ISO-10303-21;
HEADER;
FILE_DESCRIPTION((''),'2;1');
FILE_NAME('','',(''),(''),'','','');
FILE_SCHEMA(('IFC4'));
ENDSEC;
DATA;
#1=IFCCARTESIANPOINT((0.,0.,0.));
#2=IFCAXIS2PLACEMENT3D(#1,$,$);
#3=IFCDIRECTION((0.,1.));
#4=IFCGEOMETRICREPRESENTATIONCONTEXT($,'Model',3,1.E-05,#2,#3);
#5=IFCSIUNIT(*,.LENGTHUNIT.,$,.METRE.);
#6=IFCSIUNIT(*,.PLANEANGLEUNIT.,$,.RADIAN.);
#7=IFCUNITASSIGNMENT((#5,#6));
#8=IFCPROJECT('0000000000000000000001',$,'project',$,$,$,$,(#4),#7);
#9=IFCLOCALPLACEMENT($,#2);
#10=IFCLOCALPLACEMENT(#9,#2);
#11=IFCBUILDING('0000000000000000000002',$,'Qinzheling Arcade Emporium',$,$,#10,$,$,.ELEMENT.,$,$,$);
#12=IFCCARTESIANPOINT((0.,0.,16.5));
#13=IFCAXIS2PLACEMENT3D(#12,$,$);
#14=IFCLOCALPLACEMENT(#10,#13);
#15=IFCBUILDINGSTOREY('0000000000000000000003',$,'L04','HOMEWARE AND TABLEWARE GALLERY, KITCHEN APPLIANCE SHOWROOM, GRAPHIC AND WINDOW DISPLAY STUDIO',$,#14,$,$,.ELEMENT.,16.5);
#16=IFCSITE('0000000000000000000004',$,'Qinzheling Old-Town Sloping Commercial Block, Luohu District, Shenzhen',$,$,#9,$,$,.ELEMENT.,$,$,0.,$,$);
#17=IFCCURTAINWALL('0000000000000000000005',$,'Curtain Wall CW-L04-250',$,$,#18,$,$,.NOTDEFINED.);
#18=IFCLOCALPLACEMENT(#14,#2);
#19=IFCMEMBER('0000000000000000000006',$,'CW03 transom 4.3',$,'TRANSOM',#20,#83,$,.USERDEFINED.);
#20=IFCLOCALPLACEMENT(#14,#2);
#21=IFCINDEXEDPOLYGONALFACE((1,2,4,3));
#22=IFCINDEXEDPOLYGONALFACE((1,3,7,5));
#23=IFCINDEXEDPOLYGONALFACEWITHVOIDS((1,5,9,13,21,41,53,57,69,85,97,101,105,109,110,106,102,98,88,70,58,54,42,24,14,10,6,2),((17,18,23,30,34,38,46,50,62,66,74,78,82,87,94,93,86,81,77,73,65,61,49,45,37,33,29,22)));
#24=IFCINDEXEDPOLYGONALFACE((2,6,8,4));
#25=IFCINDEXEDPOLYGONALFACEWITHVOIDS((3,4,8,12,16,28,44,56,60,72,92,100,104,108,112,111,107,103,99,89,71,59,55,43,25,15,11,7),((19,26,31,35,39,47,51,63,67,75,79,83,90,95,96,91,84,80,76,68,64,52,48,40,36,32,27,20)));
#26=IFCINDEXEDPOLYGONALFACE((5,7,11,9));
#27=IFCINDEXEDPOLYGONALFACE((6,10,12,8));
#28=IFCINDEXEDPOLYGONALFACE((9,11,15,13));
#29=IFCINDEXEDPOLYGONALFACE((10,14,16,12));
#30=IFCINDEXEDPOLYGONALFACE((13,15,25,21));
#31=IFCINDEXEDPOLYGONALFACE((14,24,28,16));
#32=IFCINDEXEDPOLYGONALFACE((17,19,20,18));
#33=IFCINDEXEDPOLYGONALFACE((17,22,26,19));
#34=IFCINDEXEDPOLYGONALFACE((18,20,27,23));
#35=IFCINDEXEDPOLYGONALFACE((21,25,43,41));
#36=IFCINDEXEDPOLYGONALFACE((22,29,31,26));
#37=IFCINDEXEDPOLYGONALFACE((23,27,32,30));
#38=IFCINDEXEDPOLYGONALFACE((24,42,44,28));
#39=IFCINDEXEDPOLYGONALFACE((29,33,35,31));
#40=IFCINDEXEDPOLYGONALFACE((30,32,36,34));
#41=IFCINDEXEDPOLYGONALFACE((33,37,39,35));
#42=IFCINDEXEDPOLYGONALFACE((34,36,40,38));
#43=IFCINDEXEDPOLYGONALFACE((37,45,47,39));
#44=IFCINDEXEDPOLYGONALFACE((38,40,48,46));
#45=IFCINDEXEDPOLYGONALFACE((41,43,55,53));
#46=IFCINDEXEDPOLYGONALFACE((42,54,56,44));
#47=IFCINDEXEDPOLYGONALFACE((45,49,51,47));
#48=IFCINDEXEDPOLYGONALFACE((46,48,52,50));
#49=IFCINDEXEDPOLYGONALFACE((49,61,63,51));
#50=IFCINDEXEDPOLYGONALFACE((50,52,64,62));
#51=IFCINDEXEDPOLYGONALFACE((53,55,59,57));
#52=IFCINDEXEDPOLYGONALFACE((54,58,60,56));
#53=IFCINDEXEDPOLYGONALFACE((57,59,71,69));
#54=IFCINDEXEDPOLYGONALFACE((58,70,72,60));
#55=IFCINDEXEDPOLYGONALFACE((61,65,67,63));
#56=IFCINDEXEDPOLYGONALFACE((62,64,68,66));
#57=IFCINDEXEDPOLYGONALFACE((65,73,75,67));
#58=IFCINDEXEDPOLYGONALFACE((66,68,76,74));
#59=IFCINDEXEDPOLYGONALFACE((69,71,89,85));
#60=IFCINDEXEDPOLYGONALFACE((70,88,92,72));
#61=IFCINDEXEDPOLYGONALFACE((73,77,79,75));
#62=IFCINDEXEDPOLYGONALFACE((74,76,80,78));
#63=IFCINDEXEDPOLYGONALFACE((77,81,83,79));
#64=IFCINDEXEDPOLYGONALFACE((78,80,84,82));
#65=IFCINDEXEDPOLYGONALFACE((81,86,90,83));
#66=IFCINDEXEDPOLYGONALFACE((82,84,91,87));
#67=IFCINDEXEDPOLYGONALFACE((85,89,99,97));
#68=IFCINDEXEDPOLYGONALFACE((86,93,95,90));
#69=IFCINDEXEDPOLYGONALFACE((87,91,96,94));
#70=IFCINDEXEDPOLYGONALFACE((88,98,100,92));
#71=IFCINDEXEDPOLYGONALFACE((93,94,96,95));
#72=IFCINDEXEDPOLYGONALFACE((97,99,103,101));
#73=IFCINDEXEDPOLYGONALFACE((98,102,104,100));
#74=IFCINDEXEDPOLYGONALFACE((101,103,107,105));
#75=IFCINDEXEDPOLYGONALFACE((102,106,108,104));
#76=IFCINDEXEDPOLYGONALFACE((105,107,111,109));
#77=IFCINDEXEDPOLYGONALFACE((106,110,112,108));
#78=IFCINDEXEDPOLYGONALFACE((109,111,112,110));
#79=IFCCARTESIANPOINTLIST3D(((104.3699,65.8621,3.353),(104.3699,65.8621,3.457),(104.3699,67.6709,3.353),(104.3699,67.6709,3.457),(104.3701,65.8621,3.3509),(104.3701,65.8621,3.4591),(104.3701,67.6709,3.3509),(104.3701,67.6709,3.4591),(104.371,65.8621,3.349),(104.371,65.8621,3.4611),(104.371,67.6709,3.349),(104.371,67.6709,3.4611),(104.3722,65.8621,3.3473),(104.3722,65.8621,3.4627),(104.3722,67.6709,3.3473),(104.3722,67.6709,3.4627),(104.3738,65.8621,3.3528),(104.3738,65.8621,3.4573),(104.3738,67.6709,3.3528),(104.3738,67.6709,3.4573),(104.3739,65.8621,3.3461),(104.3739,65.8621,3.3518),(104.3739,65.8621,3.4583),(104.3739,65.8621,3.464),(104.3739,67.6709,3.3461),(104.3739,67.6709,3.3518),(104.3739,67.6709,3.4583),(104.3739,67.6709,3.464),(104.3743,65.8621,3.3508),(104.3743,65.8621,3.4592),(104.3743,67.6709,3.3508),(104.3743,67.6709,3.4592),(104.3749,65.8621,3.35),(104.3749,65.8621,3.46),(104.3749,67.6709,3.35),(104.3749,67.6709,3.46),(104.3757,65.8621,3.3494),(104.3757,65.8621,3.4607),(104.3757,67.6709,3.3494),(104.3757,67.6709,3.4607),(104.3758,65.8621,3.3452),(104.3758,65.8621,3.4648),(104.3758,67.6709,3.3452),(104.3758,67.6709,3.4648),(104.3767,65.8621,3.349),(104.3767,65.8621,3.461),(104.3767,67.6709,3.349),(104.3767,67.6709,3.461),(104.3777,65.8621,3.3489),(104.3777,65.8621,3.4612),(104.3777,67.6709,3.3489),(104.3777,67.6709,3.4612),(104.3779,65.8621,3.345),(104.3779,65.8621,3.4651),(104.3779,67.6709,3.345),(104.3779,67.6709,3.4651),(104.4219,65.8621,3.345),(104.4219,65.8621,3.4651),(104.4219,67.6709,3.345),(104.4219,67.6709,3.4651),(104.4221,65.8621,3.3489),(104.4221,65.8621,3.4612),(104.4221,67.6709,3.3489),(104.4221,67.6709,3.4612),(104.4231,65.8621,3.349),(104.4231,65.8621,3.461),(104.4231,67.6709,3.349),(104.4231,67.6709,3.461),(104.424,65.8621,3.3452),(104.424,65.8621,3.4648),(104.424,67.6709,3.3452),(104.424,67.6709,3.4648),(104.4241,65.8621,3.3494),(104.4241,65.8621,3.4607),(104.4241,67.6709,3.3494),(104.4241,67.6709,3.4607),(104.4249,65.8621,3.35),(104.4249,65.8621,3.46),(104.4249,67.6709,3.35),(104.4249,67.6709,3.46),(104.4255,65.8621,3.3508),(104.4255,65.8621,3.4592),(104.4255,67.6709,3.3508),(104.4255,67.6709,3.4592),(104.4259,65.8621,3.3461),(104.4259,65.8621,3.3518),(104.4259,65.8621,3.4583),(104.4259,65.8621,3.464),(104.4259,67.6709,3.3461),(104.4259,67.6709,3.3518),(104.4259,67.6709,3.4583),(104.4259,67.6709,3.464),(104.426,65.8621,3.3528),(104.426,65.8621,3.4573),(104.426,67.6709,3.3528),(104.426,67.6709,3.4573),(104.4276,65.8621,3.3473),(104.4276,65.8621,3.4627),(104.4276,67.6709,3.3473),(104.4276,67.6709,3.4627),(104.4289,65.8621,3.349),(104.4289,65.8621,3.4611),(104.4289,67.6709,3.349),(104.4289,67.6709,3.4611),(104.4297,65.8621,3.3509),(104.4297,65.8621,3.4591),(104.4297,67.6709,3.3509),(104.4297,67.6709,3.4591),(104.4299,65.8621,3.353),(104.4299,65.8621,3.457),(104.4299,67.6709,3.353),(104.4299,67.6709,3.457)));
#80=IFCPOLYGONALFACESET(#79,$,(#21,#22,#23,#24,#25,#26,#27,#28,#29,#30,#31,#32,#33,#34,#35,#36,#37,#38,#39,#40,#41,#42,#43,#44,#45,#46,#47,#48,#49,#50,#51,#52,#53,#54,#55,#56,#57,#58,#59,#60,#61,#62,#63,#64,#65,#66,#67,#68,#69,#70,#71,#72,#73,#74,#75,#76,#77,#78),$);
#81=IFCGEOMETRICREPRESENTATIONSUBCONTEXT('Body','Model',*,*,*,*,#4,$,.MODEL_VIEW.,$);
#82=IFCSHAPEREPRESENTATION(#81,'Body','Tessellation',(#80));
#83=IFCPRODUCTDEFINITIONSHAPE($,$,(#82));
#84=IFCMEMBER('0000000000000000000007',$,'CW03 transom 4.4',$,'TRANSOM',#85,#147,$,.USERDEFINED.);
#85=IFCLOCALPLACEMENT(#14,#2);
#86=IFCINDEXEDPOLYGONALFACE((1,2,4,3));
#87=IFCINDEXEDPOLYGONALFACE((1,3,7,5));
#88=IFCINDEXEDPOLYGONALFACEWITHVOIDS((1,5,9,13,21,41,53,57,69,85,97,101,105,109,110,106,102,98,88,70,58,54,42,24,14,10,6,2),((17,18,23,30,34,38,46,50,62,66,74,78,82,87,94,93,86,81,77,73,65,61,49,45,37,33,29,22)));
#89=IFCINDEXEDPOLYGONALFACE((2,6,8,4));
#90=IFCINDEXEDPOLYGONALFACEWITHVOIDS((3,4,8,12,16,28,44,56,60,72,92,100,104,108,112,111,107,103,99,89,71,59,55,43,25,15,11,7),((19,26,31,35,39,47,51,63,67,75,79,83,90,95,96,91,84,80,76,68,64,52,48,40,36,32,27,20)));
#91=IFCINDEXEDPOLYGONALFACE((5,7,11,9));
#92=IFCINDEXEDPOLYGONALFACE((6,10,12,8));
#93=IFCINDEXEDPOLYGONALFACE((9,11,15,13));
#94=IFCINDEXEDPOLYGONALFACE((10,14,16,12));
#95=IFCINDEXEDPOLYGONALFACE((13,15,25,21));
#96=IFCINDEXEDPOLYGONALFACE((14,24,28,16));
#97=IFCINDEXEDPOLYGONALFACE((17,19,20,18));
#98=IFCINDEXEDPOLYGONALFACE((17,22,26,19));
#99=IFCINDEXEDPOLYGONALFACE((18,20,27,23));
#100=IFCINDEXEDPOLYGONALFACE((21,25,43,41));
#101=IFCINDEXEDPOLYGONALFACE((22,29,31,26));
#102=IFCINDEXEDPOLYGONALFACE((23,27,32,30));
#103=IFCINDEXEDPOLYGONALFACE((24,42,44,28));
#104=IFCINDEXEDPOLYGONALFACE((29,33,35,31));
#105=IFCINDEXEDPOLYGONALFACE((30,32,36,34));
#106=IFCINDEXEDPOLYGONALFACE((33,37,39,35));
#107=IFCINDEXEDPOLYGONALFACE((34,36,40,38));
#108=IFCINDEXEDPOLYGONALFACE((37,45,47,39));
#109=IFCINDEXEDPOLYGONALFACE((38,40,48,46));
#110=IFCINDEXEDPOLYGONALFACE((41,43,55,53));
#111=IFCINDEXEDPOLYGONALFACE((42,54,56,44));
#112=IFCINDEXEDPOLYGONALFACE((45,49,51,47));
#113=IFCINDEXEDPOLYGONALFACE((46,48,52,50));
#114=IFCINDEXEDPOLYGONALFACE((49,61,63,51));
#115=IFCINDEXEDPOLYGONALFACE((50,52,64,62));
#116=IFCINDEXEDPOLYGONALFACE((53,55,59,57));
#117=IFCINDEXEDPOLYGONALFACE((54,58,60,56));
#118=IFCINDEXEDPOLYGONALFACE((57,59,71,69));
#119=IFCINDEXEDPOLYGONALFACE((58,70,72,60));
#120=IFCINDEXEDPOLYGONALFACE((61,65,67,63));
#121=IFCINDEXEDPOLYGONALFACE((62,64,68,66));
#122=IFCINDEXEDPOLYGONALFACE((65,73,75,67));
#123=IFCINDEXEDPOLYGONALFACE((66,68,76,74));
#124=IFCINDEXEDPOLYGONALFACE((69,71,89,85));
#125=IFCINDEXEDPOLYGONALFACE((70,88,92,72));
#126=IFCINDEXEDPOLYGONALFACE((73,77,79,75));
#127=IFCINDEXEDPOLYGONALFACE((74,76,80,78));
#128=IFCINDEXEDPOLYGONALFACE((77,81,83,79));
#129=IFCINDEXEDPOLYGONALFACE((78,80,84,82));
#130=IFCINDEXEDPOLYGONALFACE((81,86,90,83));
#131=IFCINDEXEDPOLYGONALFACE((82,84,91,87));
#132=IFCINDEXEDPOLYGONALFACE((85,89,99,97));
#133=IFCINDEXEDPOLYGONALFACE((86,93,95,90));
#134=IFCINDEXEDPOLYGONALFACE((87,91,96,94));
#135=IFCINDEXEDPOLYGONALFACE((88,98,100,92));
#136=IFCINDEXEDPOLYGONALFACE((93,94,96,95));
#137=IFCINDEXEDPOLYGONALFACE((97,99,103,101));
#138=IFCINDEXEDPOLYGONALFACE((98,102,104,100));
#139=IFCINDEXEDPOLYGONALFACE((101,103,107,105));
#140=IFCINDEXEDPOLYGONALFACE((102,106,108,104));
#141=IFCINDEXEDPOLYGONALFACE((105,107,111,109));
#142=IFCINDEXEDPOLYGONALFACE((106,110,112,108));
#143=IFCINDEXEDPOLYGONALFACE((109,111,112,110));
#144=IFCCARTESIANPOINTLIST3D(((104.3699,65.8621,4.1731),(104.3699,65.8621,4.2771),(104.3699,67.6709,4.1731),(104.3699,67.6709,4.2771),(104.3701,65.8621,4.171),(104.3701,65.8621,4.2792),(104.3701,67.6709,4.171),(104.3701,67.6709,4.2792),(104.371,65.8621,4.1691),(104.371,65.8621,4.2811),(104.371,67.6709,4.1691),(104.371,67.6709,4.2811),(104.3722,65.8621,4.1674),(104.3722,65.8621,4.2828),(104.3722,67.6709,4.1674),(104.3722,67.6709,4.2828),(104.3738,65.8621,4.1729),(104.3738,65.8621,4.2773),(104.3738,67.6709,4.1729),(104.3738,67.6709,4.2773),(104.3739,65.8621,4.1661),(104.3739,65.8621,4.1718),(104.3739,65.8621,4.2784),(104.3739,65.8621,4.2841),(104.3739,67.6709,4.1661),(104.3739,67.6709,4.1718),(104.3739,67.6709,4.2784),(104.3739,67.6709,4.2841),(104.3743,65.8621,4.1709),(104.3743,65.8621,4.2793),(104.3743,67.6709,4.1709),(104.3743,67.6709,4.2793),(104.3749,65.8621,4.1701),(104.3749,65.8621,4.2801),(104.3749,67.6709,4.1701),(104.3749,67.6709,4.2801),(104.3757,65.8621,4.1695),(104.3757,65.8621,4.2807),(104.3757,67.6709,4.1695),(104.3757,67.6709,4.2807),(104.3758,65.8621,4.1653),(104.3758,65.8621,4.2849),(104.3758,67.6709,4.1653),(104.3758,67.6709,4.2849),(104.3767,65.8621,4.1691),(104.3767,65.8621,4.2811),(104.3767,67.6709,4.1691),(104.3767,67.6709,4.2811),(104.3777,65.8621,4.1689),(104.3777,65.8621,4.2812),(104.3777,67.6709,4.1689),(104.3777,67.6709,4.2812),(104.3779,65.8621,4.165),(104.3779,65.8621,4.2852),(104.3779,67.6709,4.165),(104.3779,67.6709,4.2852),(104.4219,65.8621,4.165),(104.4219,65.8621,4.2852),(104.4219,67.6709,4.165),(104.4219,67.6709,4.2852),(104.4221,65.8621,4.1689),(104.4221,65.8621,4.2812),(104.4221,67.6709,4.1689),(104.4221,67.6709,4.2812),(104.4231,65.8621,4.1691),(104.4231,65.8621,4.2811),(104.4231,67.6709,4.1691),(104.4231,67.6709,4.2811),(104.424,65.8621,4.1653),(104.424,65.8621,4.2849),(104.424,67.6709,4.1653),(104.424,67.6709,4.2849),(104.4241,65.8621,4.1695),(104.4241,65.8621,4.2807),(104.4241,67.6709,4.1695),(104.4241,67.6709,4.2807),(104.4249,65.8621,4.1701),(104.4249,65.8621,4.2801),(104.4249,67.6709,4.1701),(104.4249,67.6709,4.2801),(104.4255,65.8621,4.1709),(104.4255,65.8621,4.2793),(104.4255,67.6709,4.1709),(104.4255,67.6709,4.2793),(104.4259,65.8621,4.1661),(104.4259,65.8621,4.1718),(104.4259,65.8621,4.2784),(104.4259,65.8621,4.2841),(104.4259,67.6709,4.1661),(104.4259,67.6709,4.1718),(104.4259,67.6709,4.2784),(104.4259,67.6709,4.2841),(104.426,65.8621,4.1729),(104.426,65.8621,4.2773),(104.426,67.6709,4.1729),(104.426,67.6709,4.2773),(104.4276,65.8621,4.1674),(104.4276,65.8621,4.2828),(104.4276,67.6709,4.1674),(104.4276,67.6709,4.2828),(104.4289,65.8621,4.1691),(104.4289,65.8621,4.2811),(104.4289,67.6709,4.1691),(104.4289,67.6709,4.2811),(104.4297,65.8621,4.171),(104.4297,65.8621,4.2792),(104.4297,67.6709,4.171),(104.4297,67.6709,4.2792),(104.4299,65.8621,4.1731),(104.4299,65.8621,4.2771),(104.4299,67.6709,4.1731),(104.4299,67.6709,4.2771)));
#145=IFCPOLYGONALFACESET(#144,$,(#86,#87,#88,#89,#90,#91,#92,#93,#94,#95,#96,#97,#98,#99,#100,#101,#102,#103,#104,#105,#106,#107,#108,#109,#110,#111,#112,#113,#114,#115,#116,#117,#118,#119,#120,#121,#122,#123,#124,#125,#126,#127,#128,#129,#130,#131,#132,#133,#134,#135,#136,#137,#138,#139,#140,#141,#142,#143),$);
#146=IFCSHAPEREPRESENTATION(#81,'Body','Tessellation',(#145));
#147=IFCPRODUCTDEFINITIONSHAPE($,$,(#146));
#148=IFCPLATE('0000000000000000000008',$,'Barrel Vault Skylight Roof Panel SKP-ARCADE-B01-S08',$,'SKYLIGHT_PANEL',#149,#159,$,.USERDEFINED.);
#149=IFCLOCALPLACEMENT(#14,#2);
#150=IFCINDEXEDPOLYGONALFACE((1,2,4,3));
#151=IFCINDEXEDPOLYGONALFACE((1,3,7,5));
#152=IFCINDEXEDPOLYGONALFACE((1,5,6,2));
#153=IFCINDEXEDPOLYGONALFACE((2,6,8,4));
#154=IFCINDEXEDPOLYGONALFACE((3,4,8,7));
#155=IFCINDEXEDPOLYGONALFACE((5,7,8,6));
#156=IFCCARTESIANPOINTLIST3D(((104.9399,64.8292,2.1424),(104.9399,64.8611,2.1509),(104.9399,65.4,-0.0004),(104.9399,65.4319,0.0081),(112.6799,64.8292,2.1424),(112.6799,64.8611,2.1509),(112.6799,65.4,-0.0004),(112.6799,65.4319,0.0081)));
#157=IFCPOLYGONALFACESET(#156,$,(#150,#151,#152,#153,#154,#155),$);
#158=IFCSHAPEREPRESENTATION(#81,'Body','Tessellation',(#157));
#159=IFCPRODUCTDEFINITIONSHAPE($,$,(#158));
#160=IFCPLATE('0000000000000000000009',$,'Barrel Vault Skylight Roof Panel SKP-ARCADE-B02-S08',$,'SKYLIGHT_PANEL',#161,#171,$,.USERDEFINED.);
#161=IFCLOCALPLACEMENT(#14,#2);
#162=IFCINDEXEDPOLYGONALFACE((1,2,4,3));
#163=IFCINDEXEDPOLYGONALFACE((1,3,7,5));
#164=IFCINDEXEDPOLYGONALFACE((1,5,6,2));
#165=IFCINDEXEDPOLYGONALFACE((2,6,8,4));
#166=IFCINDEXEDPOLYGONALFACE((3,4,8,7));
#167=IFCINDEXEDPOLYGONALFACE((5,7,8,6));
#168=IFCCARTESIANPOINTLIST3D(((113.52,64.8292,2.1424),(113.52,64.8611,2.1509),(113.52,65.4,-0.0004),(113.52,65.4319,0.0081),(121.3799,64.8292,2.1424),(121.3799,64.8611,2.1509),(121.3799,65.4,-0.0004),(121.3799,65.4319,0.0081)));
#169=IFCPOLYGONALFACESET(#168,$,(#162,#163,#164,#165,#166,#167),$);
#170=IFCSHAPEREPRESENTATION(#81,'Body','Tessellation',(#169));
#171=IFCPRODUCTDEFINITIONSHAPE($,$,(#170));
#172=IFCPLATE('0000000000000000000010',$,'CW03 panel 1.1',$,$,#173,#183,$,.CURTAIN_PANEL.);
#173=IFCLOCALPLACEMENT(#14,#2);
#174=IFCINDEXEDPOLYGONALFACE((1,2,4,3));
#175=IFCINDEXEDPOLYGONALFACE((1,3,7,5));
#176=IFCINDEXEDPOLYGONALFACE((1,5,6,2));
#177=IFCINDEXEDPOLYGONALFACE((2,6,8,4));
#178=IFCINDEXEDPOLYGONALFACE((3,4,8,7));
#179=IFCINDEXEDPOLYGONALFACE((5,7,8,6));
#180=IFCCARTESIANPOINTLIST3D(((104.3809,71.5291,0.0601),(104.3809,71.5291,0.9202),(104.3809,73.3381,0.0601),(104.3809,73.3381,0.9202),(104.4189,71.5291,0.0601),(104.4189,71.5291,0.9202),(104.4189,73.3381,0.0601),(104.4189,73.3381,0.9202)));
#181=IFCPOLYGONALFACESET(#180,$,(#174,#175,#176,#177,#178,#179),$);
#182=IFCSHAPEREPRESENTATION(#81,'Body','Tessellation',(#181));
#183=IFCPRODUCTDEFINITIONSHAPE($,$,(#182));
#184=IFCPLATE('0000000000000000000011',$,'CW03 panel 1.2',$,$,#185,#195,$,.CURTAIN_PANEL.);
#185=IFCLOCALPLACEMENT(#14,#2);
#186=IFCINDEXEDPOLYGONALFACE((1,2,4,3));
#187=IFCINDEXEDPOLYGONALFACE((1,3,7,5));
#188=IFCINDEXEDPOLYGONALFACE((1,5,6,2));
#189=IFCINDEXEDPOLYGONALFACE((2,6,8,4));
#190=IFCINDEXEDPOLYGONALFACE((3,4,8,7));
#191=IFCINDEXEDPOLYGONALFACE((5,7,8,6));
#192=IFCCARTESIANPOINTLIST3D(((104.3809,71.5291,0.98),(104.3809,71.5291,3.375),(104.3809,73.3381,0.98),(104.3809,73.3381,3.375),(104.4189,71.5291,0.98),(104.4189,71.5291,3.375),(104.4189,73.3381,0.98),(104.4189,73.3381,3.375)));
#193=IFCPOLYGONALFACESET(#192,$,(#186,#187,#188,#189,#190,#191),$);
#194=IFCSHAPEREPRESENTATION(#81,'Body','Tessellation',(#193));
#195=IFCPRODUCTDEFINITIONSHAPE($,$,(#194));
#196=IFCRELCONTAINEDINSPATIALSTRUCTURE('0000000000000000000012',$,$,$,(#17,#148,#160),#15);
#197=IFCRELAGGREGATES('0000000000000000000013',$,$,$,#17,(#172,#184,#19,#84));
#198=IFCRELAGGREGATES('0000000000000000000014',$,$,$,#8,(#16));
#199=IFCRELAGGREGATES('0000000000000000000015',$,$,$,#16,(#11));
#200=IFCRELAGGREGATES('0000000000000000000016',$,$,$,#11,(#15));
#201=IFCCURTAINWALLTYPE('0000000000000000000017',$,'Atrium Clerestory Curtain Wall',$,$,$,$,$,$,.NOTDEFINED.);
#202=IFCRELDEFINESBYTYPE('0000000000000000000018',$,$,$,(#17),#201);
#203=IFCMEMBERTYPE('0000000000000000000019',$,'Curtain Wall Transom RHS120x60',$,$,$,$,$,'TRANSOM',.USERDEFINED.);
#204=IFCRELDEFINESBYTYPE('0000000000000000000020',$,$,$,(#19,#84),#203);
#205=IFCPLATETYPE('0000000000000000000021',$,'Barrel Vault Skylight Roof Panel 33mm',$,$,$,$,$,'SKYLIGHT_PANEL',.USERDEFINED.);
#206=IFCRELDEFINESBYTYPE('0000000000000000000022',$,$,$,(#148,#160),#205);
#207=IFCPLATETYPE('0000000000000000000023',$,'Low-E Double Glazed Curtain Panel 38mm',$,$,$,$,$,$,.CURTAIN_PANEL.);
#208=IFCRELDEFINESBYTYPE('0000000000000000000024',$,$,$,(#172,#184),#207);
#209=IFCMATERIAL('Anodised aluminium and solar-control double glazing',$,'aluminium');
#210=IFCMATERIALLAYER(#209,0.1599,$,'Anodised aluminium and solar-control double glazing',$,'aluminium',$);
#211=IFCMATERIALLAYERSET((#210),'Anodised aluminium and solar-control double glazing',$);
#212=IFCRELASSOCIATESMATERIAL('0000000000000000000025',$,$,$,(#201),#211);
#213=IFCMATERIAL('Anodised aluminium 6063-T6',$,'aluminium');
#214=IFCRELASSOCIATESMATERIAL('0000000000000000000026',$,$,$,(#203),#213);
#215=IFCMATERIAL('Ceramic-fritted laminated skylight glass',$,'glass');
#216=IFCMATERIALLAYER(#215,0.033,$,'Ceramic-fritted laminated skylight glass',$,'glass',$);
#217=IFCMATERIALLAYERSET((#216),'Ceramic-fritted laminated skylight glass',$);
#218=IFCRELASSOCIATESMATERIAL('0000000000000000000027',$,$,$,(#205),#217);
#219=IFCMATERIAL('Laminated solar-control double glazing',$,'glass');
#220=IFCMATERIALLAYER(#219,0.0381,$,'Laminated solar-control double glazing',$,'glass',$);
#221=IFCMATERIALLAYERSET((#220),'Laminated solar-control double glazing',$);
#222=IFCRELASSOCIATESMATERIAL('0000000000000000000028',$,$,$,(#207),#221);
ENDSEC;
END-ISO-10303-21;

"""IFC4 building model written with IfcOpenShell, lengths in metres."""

from ifc_helpers import new_model, si_unit, direction, frame, origin, origin_2d, place, context, subcontext, project, spatial, polyline, rectangle, hollow_rectangle, outline, extrude, material, layer, layer_set, material_profile, profile_set, type_object, element, aggregate, save


model = new_model("IFC4")

# Units and contexts
model_context = context("Model", 3, precision=1e-05, world=origin(), true_north=direction((0.0, 1.0)))
body_context = subcontext(model_context, "Body", "Model", "MODEL_VIEW")
ifc_project = project(units=[si_unit("LENGTHUNIT", "METRE"), si_unit("PLANEANGLEUNIT", "RADIAN")], contexts=[model_context])

# Site, building, storey
site_placement = place(None, origin())
site = spatial("IfcSite", under=ifc_project, at=site_placement, Name="Qinzheling Old-Town Sloping Commercial Block, Luohu District, Shenzhen", CompositionType="ELEMENT", RefElevation=0.0)
building_placement = place(site_placement, origin())
building = spatial("IfcBuilding", under=site, at=building_placement, Name="Qinzheling Arcade Emporium", CompositionType="ELEMENT")
storey_placement = place(building_placement, frame((0.0, 0.0, 16.5)))
storey = spatial("IfcBuildingStorey", under=building, at=storey_placement, Name="L04", Description="HOMEWARE AND TABLEWARE GALLERY, KITCHEN APPLIANCE SHOWROOM, GRAPHIC AND WINDOW DISPLAY STUDIO", CompositionType="ELEMENT", Elevation=16.5)

# Curtain wall, members
ifc_material_1 = material(Name="Anodised aluminium and solar-control double glazing", Category="aluminium")
ifc_layer_1 = layer(ifc_material_1, 0.1599, Name="Anodised aluminium and solar-control double glazing", Category="aluminium")
ifc_layer_set_1 = layer_set([ifc_layer_1], Name="Anodised aluminium and solar-control double glazing")
curtain_wall_type = type_object("IfcCurtainWallType", Name="Atrium Clerestory Curtain Wall", PredefinedType="NOTDEFINED", material=ifc_layer_set_1)
curtain_wall_placement = place(storey_placement, origin())
curtain_wall = element("IfcCurtainWall", 1, at=curtain_wall_placement, inside=storey, type_object=curtain_wall_type, Name="Curtain Wall CW-L04-250", PredefinedType="NOTDEFINED")
ifc_material_2 = material(Name="Anodised aluminium 6063-T6", Category="aluminium")
ifc_material_profile_1 = material_profile(ifc_material_2, hollow_rectangle(XDim=0.0601, YDim=0.1201, WallThickness=0.0039, InnerFilletRadius=0.0039, OuterFilletRadius=0.0081, at=origin_2d()), Name="RHS 120x60x4", Category="aluminium")
ifc_profile_set_1 = profile_set([ifc_material_profile_1], Name="Anodised aluminium 6063-T6")
member_type_1 = type_object("IfcMemberType", Name="Curtain Wall Transom RHS120x60", ElementType="TRANSOM", PredefinedType="USERDEFINED", material=ifc_profile_set_1)
member_1_placement = place(storey_placement, frame((104.3999, 67.6709, 3.405), z_axis=(0.0, -1.0, 0.0), x_axis=(1.0, 0.0, 0.0)))
member_1 = element("IfcMember", 2, at=member_1_placement, type_object=member_type_1, Name="CW03 transom 4.3", ObjectType="TRANSOM", PredefinedType="USERDEFINED", context=body_context, shape_type="SweptSolid", body=[
    extrude(hollow_rectangle(XDim=0.0601, YDim=0.1201, WallThickness=0.0039, InnerFilletRadius=0.0039, OuterFilletRadius=0.0081, at=origin_2d()), origin(), (0.0, 0.0, 1.0), 1.8088),
])
member_2_placement = place(storey_placement, frame((104.3999, 67.6709, 4.2251), z_axis=(0.0, -1.0, 0.0), x_axis=(1.0, 0.0, 0.0)))
member_2 = element("IfcMember", 3, at=member_2_placement, type_object=member_type_1, Name="CW03 transom 4.4", ObjectType="TRANSOM", PredefinedType="USERDEFINED", context=body_context, shape_type="SweptSolid", body=[
    extrude(hollow_rectangle(XDim=0.0601, YDim=0.1201, WallThickness=0.0039, InnerFilletRadius=0.0039, OuterFilletRadius=0.0081, at=origin_2d()), origin(), (0.0, 0.0, 1.0), 1.8088),
])

# Plates
ifc_material_3 = material(Name="Ceramic-fritted laminated skylight glass", Category="glass")
ifc_layer_2 = layer(ifc_material_3, 0.033, Name="Ceramic-fritted laminated skylight glass", Category="glass")
ifc_layer_set_2 = layer_set([ifc_layer_2], Name="Ceramic-fritted laminated skylight glass")
plate_type_1 = type_object("IfcPlateType", Name="Barrel Vault Skylight Roof Panel 33mm", ElementType="SKYLIGHT_PANEL", PredefinedType="USERDEFINED", material=ifc_layer_set_2)
plate_1_placement = place(storey_placement, frame((104.9399, 64.8611, 2.1509), z_axis=(0.0, 0.966304, 0.257402), x_axis=(1.0, 0.0, 0.0)))
element("IfcPlate", 4, at=plate_1_placement, inside=storey, type_object=plate_type_1, Name="Barrel Vault Skylight Roof Panel SKP-ARCADE-B01-S08", ObjectType="SKYLIGHT_PANEL", PredefinedType="USERDEFINED", context=body_context, shape_type="SweptSolid", body=[
    extrude(outline(polyline([(0.0, 0.0), (7.74, 0.0), (7.74, 2.2175), (0.0, 2.2175), (0.0, 0.0)])), origin(), (0.0, 0.0, -1.0), 0.033),
])
plate_2_placement = place(storey_placement, frame((113.52, 64.8611, 2.1509), z_axis=(0.0, 0.966304, 0.257402), x_axis=(1.0, 0.0, 0.0)))
element("IfcPlate", 5, at=plate_2_placement, inside=storey, type_object=plate_type_1, Name="Barrel Vault Skylight Roof Panel SKP-ARCADE-B02-S08", ObjectType="SKYLIGHT_PANEL", PredefinedType="USERDEFINED", context=body_context, shape_type="SweptSolid", body=[
    extrude(outline(polyline([(0.0, 0.0), (7.8599, 0.0), (7.8599, 2.2175), (0.0, 2.2175), (0.0, 0.0)])), origin(), (0.0, 0.0, -1.0), 0.033),
])

# Plates
ifc_material_4 = material(Name="Laminated solar-control double glazing", Category="glass")
ifc_layer_3 = layer(ifc_material_4, 0.0381, Name="Laminated solar-control double glazing", Category="glass")
ifc_layer_set_3 = layer_set([ifc_layer_3], Name="Laminated solar-control double glazing")
plate_type_2 = type_object("IfcPlateType", Name="Low-E Double Glazed Curtain Panel 38mm", PredefinedType="CURTAIN_PANEL", material=ifc_layer_set_3)
plate_3_placement = place(storey_placement, frame((104.3999, 72.4336, 0.0601), z_axis=(0.0, 0.0, 1.0), x_axis=(0.0, -1.0, 0.0)))
plate_3 = element("IfcPlate", 6, at=plate_3_placement, type_object=plate_type_2, Name="CW03 panel 1.1", PredefinedType="CURTAIN_PANEL", context=body_context, shape_type="SweptSolid", body=[
    extrude(rectangle(XDim=1.8091, YDim=0.0381, at=origin_2d()), origin(), (0.0, 0.0, 1.0), 0.8601),
])
plate_4_placement = place(storey_placement, frame((104.3999, 72.4336, 0.98), z_axis=(0.0, 0.0, 1.0), x_axis=(0.0, -1.0, 0.0)))
plate_4 = element("IfcPlate", 7, at=plate_4_placement, type_object=plate_type_2, Name="CW03 panel 1.2", PredefinedType="CURTAIN_PANEL", context=body_context, shape_type="SweptSolid", body=[
    extrude(rectangle(XDim=1.8091, YDim=0.0381, at=origin_2d()), origin(), (0.0, 0.0, 1.0), 2.395),
])
aggregate(curtain_wall, [plate_3, plate_4, member_1, member_2])

save(model, "model.ifc")
